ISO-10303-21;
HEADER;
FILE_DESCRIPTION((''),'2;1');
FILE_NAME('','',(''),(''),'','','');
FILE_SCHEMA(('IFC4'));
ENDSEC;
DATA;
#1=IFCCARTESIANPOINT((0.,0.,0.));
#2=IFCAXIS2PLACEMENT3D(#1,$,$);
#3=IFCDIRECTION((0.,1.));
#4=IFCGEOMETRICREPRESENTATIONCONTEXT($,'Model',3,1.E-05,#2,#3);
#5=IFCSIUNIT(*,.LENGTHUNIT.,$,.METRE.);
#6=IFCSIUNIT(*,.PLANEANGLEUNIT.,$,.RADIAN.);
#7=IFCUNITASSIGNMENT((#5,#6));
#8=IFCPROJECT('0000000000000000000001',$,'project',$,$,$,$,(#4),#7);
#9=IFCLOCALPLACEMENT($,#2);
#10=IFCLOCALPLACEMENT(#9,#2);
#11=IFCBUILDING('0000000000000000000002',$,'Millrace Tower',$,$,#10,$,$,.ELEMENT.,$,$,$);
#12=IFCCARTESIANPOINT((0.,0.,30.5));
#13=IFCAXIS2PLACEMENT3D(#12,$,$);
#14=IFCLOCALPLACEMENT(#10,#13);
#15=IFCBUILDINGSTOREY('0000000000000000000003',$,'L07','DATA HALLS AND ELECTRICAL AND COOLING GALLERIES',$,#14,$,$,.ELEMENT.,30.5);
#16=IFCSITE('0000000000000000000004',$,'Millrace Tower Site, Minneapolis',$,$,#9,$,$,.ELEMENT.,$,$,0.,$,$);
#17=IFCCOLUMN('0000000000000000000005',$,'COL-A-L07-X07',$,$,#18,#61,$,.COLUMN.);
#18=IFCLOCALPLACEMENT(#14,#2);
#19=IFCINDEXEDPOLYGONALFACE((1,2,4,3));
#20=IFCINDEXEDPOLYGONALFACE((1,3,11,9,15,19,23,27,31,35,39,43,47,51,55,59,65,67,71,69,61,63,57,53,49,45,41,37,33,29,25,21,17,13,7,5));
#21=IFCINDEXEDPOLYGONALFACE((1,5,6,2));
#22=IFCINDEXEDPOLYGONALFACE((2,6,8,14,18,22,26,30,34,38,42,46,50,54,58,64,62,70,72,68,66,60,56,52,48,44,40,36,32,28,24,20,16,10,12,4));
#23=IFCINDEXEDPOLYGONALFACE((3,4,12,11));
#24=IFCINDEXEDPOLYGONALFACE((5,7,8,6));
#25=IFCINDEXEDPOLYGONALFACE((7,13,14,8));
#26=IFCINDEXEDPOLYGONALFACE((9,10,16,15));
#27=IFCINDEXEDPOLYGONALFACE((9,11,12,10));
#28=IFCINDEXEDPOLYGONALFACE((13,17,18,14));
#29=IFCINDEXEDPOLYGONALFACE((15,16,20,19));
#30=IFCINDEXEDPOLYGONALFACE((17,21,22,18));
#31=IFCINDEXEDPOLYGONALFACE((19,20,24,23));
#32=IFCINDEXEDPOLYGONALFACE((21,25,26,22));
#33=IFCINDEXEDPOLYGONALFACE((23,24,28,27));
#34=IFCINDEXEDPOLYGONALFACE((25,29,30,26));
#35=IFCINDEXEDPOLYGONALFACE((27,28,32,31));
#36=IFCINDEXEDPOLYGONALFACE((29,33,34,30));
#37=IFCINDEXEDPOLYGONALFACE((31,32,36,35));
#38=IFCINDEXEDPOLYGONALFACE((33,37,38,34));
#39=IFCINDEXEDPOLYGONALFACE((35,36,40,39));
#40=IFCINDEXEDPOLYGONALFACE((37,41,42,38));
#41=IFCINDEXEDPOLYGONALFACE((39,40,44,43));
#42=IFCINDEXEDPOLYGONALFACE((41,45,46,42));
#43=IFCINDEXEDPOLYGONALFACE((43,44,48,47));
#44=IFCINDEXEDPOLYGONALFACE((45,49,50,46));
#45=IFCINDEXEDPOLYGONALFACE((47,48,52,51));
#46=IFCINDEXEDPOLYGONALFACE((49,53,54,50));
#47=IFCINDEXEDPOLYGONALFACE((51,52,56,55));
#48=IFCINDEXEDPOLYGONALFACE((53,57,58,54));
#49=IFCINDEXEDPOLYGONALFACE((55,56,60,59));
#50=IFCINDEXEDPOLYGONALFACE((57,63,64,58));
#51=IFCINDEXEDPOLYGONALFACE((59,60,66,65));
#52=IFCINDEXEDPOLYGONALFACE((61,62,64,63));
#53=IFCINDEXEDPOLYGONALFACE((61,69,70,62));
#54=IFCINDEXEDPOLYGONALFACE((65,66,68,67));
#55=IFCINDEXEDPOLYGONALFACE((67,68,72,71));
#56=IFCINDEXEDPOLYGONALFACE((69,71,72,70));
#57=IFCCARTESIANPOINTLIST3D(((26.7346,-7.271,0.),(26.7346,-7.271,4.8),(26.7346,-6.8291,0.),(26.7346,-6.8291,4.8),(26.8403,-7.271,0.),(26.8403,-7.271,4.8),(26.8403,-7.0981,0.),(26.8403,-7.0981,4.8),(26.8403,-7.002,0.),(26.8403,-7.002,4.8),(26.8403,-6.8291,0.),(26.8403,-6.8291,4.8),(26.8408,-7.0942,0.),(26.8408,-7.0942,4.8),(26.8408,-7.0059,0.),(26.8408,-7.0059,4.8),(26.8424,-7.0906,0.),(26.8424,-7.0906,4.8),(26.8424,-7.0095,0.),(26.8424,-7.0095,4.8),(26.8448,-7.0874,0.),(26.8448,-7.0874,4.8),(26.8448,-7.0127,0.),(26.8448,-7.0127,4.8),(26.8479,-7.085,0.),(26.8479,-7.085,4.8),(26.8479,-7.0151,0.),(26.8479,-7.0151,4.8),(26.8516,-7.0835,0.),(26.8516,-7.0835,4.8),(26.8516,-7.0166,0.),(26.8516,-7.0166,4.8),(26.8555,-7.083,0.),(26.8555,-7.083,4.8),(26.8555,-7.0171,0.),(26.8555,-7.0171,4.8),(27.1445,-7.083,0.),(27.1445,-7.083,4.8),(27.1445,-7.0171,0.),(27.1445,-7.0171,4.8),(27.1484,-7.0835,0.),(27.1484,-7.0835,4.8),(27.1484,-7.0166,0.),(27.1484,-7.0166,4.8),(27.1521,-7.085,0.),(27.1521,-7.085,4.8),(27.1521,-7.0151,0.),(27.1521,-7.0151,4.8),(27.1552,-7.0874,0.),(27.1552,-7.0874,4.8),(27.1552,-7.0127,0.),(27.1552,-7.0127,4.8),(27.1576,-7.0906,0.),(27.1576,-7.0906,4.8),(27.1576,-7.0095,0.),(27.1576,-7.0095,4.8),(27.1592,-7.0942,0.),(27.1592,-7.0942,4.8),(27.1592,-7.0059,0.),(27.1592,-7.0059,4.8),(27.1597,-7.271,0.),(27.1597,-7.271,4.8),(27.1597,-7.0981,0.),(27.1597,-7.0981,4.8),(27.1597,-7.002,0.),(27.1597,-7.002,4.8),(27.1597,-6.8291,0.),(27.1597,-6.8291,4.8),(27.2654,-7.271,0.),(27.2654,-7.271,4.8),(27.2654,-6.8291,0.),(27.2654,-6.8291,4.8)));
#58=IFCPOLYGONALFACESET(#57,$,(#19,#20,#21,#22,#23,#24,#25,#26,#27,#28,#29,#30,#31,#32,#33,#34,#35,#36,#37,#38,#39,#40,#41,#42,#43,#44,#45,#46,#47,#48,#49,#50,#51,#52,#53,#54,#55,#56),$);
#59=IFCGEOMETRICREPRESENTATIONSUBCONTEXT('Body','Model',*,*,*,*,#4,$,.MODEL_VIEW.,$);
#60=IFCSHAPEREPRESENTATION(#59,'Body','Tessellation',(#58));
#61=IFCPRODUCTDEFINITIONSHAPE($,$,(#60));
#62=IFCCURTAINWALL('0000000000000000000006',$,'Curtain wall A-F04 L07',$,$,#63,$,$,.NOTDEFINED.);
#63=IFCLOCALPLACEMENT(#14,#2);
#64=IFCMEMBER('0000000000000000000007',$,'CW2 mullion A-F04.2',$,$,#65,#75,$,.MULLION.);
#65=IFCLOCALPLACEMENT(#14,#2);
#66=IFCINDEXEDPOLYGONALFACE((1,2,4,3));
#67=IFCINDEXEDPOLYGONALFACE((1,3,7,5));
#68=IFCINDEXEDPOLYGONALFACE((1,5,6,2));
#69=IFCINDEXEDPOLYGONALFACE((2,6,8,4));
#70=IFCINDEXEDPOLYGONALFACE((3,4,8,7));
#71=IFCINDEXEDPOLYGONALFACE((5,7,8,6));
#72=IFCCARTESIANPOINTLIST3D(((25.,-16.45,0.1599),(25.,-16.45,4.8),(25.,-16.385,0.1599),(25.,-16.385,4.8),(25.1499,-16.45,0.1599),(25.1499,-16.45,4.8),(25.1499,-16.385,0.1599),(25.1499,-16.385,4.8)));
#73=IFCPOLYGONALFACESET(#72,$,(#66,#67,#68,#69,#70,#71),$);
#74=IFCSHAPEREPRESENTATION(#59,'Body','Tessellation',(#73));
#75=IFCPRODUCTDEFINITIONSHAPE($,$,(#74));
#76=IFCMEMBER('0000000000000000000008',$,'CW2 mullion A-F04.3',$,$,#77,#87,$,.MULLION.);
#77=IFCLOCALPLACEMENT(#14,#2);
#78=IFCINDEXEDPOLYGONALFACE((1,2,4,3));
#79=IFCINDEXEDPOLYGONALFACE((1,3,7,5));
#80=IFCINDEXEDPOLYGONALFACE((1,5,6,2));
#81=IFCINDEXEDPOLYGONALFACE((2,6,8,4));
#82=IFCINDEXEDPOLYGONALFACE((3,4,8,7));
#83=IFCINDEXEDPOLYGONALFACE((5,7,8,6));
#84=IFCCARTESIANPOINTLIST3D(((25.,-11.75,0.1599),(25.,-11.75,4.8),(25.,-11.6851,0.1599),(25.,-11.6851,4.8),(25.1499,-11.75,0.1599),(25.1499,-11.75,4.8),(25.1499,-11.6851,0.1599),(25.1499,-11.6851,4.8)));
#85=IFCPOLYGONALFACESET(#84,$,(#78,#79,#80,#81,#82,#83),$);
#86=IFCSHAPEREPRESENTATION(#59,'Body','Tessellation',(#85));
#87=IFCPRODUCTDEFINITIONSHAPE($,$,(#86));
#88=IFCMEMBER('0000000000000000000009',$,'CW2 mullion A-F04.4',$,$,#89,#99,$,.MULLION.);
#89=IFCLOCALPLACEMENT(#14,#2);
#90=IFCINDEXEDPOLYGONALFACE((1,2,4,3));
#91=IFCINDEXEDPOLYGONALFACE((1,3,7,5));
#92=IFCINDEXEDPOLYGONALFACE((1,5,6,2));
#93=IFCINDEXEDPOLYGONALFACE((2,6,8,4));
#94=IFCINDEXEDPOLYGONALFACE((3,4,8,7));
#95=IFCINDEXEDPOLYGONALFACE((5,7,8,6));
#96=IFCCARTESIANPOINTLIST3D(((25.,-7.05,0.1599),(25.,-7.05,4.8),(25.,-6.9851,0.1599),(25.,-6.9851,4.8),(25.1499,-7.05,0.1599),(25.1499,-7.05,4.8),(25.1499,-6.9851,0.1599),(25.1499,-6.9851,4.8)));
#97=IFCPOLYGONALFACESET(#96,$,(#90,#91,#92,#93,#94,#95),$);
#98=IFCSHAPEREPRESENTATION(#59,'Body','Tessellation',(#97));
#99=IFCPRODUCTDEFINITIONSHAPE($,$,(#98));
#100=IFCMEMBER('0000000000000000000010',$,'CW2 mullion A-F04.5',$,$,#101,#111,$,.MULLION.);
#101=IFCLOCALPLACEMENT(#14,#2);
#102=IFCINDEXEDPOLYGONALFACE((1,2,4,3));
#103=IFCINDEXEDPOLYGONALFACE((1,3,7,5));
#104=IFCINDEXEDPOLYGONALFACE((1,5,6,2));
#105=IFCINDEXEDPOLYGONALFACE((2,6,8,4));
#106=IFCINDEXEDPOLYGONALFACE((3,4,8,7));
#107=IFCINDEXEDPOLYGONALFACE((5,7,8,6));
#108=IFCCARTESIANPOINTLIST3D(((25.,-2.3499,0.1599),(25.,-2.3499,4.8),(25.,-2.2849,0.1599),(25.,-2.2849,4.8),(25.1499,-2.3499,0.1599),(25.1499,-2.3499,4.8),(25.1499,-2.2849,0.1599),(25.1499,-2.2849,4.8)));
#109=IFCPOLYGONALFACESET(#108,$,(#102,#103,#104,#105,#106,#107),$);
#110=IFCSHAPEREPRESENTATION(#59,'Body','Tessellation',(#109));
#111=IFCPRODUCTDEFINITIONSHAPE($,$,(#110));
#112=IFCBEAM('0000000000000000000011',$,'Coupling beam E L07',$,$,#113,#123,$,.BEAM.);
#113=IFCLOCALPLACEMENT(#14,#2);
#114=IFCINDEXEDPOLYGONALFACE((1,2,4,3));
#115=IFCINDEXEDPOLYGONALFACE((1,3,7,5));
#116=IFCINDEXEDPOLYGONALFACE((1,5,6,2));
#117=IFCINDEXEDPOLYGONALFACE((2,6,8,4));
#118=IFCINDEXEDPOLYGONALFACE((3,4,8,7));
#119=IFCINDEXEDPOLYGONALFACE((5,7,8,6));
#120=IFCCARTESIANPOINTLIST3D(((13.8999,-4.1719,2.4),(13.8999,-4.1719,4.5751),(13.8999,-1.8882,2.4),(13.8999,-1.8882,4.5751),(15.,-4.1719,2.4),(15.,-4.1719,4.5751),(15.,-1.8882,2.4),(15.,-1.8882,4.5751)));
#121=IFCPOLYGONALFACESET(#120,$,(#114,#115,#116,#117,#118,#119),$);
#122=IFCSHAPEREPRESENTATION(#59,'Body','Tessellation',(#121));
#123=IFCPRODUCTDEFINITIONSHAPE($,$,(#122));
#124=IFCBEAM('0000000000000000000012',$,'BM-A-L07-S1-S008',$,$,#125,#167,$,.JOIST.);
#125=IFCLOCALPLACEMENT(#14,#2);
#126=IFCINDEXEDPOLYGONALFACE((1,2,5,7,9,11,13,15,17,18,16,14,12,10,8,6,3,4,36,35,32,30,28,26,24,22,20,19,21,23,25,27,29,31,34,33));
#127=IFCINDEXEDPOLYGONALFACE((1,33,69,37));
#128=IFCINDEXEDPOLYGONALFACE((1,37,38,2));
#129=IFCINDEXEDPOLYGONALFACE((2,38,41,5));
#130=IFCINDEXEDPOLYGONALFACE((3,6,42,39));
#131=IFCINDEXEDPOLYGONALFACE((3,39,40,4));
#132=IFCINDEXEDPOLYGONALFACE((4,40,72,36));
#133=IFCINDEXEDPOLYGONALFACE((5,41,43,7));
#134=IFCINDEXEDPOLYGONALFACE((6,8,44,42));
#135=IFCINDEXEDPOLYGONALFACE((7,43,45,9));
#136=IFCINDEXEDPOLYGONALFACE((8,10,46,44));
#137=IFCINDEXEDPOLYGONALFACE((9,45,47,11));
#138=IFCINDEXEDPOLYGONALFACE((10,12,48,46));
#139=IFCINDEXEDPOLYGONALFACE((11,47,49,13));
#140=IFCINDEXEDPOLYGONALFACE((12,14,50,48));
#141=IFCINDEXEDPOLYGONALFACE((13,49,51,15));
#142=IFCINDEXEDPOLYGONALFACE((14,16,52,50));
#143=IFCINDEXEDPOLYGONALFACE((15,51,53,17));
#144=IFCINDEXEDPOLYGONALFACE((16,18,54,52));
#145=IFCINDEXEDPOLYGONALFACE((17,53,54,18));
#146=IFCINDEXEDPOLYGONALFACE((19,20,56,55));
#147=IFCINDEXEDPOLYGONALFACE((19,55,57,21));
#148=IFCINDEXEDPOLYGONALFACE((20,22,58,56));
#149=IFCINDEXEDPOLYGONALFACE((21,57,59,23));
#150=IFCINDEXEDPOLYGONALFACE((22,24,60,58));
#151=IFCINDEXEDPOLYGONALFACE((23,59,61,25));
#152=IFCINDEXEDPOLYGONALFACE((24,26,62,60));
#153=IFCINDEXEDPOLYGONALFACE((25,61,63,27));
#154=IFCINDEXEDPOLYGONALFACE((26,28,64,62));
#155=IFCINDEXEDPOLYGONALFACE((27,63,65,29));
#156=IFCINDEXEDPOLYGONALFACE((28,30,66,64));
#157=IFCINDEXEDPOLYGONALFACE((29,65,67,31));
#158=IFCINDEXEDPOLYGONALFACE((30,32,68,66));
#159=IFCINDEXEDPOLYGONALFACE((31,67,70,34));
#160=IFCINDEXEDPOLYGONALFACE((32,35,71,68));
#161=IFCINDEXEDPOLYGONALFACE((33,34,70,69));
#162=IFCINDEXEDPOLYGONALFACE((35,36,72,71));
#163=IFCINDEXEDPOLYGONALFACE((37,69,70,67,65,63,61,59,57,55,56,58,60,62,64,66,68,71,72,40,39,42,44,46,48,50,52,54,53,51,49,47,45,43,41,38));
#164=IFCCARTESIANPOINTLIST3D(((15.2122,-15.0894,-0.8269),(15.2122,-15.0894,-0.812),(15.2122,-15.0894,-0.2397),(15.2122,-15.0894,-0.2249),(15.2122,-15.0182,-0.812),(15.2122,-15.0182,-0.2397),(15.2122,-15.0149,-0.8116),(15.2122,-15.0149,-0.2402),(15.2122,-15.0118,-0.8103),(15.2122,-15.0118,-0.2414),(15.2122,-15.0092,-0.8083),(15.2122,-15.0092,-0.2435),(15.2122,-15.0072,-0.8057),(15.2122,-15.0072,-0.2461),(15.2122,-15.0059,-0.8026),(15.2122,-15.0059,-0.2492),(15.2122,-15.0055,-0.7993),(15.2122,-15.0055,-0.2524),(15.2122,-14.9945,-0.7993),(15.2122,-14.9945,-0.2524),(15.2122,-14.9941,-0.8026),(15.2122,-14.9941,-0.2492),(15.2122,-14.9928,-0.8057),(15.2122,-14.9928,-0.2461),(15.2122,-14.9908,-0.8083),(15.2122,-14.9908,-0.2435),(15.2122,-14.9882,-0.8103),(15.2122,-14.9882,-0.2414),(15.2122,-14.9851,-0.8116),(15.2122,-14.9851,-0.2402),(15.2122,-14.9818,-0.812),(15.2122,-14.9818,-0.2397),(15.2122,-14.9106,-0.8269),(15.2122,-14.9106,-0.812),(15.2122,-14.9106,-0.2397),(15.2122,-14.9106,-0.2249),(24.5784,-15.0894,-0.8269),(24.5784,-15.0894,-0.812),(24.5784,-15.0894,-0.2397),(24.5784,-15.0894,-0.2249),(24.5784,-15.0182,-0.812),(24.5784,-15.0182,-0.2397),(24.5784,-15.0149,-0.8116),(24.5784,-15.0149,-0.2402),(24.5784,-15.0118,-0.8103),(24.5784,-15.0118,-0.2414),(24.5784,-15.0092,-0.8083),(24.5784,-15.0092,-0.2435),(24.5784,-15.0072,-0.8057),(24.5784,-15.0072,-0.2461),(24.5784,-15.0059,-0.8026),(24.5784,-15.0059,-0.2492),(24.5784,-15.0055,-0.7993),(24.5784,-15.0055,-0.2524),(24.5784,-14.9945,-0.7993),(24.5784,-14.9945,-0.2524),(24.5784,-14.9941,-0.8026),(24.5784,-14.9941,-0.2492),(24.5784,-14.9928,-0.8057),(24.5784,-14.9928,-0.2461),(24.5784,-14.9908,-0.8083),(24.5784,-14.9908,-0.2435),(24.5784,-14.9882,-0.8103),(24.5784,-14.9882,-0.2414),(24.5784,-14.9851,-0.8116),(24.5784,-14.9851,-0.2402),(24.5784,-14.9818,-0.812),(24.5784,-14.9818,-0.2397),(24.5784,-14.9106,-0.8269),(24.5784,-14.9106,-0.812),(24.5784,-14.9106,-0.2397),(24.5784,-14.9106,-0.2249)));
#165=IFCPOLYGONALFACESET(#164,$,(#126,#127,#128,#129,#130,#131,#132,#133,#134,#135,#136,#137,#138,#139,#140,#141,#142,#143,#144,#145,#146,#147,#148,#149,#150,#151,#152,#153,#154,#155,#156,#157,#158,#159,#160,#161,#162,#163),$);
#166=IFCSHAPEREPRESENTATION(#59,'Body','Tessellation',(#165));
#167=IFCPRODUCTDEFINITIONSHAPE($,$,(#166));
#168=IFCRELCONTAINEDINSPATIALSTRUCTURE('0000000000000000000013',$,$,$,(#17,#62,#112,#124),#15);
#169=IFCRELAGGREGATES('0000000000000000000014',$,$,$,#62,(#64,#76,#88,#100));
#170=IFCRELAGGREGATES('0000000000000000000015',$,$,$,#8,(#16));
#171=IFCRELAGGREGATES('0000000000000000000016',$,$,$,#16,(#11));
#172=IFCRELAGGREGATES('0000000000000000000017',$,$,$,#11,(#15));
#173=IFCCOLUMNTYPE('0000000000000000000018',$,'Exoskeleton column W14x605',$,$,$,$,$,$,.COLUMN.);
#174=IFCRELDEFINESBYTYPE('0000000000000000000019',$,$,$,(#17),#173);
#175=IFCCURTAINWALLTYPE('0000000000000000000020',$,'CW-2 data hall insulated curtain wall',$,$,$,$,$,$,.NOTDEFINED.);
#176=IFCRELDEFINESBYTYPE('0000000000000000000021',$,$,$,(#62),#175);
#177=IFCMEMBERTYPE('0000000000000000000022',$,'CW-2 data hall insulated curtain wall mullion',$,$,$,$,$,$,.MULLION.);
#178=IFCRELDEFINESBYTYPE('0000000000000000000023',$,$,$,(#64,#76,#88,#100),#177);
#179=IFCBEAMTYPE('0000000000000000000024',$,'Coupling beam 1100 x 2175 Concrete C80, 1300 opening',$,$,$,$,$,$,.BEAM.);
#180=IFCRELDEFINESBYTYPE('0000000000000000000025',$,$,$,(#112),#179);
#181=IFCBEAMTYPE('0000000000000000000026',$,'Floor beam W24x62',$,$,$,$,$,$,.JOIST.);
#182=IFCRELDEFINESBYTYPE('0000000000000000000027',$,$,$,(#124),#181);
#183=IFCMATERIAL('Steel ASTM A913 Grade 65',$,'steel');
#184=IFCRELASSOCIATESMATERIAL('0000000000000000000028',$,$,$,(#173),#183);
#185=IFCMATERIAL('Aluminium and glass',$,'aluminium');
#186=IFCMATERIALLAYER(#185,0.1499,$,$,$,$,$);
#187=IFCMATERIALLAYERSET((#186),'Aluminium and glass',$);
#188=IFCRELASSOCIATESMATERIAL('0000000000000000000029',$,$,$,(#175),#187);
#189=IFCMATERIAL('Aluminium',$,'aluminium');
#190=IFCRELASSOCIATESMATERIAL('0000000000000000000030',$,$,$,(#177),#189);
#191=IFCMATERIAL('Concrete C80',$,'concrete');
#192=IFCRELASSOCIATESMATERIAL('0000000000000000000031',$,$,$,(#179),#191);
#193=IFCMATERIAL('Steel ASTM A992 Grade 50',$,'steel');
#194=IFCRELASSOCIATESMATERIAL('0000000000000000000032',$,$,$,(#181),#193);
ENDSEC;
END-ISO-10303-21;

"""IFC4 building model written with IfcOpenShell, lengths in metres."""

from ifc_helpers import new_model, si_unit, direction, frame, origin, origin_2d, place, context, subcontext, project, spatial, rectangle, i_section, extrude, material, layer, layer_set, material_profile, profile_set, type_object, element, aggregate, save


model = new_model("IFC4")

# Units and contexts
model_context = context("Model", 3, precision=1e-05, world=origin(), true_north=direction((0.0, 1.0)))
body_context = subcontext(model_context, "Body", "Model", "MODEL_VIEW")
ifc_project = project(units=[si_unit("LENGTHUNIT", "METRE"), si_unit("PLANEANGLEUNIT", "RADIAN")], contexts=[model_context])

# Site, building, storey
site_placement = place(None, origin())
site = spatial("IfcSite", under=ifc_project, at=site_placement, Name="Millrace Tower Site, Minneapolis", CompositionType="ELEMENT", RefElevation=0.0)
building_placement = place(site_placement, origin())
building = spatial("IfcBuilding", under=site, at=building_placement, Name="Millrace Tower", CompositionType="ELEMENT")
storey_placement = place(building_placement, frame((0.0, 0.0, 30.5)))
storey = spatial("IfcBuildingStorey", under=building, at=storey_placement, Name="L07", Description="DATA HALLS AND ELECTRICAL AND COOLING GALLERIES", CompositionType="ELEMENT", Elevation=30.5)

# Column
ifc_material_1 = material(Name="Steel ASTM A913 Grade 65", Category="steel")
ifc_material_profile_1 = material_profile(ifc_material_1, i_section(OverallWidth=0.4419, OverallDepth=0.5308, WebThickness=0.0659, FlangeThickness=0.1057, FilletRadius=0.0151, at=origin_2d()))
ifc_profile_set_1 = profile_set([ifc_material_profile_1], Name="Steel ASTM A913 Grade 65")
column_type = type_object("IfcColumnType", Name="Exoskeleton column W14x605", PredefinedType="COLUMN", material=ifc_profile_set_1)
column_placement = place(storey_placement, frame((27.0, -7.05, 0.0), z_axis=(0.0, 0.0, 1.0), x_axis=(0.0, 1.0, 0.0)))
element("IfcColumn", 1, at=column_placement, inside=storey, type_object=column_type, Name="COL-A-L07-X07", PredefinedType="COLUMN", context=body_context, shape_type="SweptSolid", body=[
    extrude(i_section(OverallWidth=0.4419, OverallDepth=0.5308, WebThickness=0.0659, FlangeThickness=0.1057, FilletRadius=0.0151, at=origin_2d()), origin(), (0.0, 0.0, 1.0), 4.8),
])

# Curtain wall, members
ifc_material_2 = material(Name="Aluminium and glass", Category="aluminium")
ifc_layer_1 = layer(ifc_material_2, 0.1499)
ifc_layer_set_1 = layer_set([ifc_layer_1], Name="Aluminium and glass")
curtain_wall_type = type_object("IfcCurtainWallType", Name="CW-2 data hall insulated curtain wall", PredefinedType="NOTDEFINED", material=ifc_layer_set_1)
placement = place(storey_placement, origin())
curtain_wall = element("IfcCurtainWall", 2, at=placement, inside=storey, type_object=curtain_wall_type, Name="Curtain wall A-F04 L07", PredefinedType="NOTDEFINED")
ifc_material_3 = material(Name="Aluminium", Category="aluminium")
ifc_material_profile_2 = material_profile(ifc_material_3, rectangle(XDim=0.0649, YDim=0.1499, at=origin_2d()))
ifc_profile_set_2 = profile_set([ifc_material_profile_2], Name="Aluminium")
member_type = type_object("IfcMemberType", Name="CW-2 data hall insulated curtain wall mullion", PredefinedType="MULLION", material=ifc_profile_set_2)
member_1_placement = place(storey_placement, frame((25.075, -16.4175, 0.1599), z_axis=(0.0, 0.0, 1.0), x_axis=(0.0, 1.0, 0.0)))
member_1 = element("IfcMember", 3, at=member_1_placement, type_object=member_type, Name="CW2 mullion A-F04.2", PredefinedType="MULLION", context=body_context, shape_type="SweptSolid", body=[
    extrude(rectangle(XDim=0.0649, YDim=0.1499, at=origin_2d()), origin(), (0.0, 0.0, 1.0), 4.6401),
])
member_2_placement = place(storey_placement, frame((25.075, -11.7175, 0.1599), z_axis=(0.0, 0.0, 1.0), x_axis=(0.0, 1.0, 0.0)))
member_2 = element("IfcMember", 4, at=member_2_placement, type_object=member_type, Name="CW2 mullion A-F04.3", PredefinedType="MULLION", context=body_context, shape_type="SweptSolid", body=[
    extrude(rectangle(XDim=0.0649, YDim=0.1499, at=origin_2d()), origin(), (0.0, 0.0, 1.0), 4.6401),
])
member_3_placement = place(storey_placement, frame((25.075, -7.0176, 0.1599), z_axis=(0.0, 0.0, 1.0), x_axis=(0.0, 1.0, 0.0)))
member_3 = element("IfcMember", 5, at=member_3_placement, type_object=member_type, Name="CW2 mullion A-F04.4", PredefinedType="MULLION", context=body_context, shape_type="SweptSolid", body=[
    extrude(rectangle(XDim=0.0649, YDim=0.1499, at=origin_2d()), origin(), (0.0, 0.0, 1.0), 4.6401),
])
member_4_placement = place(storey_placement, frame((25.075, -2.3174, 0.1599), z_axis=(0.0, 0.0, 1.0), x_axis=(0.0, 1.0, 0.0)))
member_4 = element("IfcMember", 6, at=member_4_placement, type_object=member_type, Name="CW2 mullion A-F04.5", PredefinedType="MULLION", context=body_context, shape_type="SweptSolid", body=[
    extrude(rectangle(XDim=0.0649, YDim=0.1499, at=origin_2d()), origin(), (0.0, 0.0, 1.0), 4.6401),
])
aggregate(curtain_wall, [member_1, member_2, member_3, member_4])

# Beams
ifc_material_4 = material(Name="Concrete C80", Category="concrete")
ifc_material_profile_3 = material_profile(ifc_material_4, rectangle(XDim=1.1001, YDim=2.175, at=origin_2d()))
ifc_profile_set_3 = profile_set([ifc_material_profile_3], Name="Concrete C80")
beam_type_1 = type_object("IfcBeamType", Name="Coupling beam 1100 x 2175 Concrete C80, 1300 opening", PredefinedType="BEAM", material=ifc_profile_set_3)
beam_1_placement = place(storey_placement, frame((14.45, -1.8882, 3.4875), z_axis=(0.0, -1.0, 0.0), x_axis=(1.0, 0.0, 0.0)))
element("IfcBeam", 7, at=beam_1_placement, inside=storey, type_object=beam_type_1, Name="Coupling beam E L07", PredefinedType="BEAM", context=body_context, shape_type="SweptSolid", body=[
    extrude(rectangle(XDim=1.1001, YDim=2.175, at=origin_2d()), origin(), (0.0, 0.0, 1.0), 2.2837),
])
ifc_material_5 = material(Name="Steel ASTM A992 Grade 50", Category="steel")
ifc_material_profile_4 = material_profile(ifc_material_5, i_section(OverallWidth=0.1787, OverallDepth=0.6021, WebThickness=0.011, FlangeThickness=0.0149, FilletRadius=0.0127, at=origin_2d()))
ifc_profile_set_4 = profile_set([ifc_material_profile_4], Name="Steel ASTM A992 Grade 50")
beam_type_2 = type_object("IfcBeamType", Name="Floor beam W24x62", PredefinedType="JOIST", material=ifc_profile_set_4)
for number, where, z_axis, x_axis, name in (
    (8, (15.2122, -15.0, -0.5259), (1.0, 0.0, 0.0), (0.0, 1.0, 0.0), "BM-A-L07-S1-S008"),
):
    element("IfcBeam", number, at=place(storey_placement, frame(where, z_axis=z_axis, x_axis=x_axis)), inside=storey, type_object=beam_type_2, Name=name, PredefinedType="JOIST", context=body_context, shape_type="SweptSolid", body=[
        extrude(i_section(OverallWidth=0.1787, OverallDepth=0.6021, WebThickness=0.011, FlangeThickness=0.0149, FilletRadius=0.0127, at=origin_2d()), origin(), (0.0, 0.0, 1.0), 9.3662),
    ])

save(model, "model.ifc")
